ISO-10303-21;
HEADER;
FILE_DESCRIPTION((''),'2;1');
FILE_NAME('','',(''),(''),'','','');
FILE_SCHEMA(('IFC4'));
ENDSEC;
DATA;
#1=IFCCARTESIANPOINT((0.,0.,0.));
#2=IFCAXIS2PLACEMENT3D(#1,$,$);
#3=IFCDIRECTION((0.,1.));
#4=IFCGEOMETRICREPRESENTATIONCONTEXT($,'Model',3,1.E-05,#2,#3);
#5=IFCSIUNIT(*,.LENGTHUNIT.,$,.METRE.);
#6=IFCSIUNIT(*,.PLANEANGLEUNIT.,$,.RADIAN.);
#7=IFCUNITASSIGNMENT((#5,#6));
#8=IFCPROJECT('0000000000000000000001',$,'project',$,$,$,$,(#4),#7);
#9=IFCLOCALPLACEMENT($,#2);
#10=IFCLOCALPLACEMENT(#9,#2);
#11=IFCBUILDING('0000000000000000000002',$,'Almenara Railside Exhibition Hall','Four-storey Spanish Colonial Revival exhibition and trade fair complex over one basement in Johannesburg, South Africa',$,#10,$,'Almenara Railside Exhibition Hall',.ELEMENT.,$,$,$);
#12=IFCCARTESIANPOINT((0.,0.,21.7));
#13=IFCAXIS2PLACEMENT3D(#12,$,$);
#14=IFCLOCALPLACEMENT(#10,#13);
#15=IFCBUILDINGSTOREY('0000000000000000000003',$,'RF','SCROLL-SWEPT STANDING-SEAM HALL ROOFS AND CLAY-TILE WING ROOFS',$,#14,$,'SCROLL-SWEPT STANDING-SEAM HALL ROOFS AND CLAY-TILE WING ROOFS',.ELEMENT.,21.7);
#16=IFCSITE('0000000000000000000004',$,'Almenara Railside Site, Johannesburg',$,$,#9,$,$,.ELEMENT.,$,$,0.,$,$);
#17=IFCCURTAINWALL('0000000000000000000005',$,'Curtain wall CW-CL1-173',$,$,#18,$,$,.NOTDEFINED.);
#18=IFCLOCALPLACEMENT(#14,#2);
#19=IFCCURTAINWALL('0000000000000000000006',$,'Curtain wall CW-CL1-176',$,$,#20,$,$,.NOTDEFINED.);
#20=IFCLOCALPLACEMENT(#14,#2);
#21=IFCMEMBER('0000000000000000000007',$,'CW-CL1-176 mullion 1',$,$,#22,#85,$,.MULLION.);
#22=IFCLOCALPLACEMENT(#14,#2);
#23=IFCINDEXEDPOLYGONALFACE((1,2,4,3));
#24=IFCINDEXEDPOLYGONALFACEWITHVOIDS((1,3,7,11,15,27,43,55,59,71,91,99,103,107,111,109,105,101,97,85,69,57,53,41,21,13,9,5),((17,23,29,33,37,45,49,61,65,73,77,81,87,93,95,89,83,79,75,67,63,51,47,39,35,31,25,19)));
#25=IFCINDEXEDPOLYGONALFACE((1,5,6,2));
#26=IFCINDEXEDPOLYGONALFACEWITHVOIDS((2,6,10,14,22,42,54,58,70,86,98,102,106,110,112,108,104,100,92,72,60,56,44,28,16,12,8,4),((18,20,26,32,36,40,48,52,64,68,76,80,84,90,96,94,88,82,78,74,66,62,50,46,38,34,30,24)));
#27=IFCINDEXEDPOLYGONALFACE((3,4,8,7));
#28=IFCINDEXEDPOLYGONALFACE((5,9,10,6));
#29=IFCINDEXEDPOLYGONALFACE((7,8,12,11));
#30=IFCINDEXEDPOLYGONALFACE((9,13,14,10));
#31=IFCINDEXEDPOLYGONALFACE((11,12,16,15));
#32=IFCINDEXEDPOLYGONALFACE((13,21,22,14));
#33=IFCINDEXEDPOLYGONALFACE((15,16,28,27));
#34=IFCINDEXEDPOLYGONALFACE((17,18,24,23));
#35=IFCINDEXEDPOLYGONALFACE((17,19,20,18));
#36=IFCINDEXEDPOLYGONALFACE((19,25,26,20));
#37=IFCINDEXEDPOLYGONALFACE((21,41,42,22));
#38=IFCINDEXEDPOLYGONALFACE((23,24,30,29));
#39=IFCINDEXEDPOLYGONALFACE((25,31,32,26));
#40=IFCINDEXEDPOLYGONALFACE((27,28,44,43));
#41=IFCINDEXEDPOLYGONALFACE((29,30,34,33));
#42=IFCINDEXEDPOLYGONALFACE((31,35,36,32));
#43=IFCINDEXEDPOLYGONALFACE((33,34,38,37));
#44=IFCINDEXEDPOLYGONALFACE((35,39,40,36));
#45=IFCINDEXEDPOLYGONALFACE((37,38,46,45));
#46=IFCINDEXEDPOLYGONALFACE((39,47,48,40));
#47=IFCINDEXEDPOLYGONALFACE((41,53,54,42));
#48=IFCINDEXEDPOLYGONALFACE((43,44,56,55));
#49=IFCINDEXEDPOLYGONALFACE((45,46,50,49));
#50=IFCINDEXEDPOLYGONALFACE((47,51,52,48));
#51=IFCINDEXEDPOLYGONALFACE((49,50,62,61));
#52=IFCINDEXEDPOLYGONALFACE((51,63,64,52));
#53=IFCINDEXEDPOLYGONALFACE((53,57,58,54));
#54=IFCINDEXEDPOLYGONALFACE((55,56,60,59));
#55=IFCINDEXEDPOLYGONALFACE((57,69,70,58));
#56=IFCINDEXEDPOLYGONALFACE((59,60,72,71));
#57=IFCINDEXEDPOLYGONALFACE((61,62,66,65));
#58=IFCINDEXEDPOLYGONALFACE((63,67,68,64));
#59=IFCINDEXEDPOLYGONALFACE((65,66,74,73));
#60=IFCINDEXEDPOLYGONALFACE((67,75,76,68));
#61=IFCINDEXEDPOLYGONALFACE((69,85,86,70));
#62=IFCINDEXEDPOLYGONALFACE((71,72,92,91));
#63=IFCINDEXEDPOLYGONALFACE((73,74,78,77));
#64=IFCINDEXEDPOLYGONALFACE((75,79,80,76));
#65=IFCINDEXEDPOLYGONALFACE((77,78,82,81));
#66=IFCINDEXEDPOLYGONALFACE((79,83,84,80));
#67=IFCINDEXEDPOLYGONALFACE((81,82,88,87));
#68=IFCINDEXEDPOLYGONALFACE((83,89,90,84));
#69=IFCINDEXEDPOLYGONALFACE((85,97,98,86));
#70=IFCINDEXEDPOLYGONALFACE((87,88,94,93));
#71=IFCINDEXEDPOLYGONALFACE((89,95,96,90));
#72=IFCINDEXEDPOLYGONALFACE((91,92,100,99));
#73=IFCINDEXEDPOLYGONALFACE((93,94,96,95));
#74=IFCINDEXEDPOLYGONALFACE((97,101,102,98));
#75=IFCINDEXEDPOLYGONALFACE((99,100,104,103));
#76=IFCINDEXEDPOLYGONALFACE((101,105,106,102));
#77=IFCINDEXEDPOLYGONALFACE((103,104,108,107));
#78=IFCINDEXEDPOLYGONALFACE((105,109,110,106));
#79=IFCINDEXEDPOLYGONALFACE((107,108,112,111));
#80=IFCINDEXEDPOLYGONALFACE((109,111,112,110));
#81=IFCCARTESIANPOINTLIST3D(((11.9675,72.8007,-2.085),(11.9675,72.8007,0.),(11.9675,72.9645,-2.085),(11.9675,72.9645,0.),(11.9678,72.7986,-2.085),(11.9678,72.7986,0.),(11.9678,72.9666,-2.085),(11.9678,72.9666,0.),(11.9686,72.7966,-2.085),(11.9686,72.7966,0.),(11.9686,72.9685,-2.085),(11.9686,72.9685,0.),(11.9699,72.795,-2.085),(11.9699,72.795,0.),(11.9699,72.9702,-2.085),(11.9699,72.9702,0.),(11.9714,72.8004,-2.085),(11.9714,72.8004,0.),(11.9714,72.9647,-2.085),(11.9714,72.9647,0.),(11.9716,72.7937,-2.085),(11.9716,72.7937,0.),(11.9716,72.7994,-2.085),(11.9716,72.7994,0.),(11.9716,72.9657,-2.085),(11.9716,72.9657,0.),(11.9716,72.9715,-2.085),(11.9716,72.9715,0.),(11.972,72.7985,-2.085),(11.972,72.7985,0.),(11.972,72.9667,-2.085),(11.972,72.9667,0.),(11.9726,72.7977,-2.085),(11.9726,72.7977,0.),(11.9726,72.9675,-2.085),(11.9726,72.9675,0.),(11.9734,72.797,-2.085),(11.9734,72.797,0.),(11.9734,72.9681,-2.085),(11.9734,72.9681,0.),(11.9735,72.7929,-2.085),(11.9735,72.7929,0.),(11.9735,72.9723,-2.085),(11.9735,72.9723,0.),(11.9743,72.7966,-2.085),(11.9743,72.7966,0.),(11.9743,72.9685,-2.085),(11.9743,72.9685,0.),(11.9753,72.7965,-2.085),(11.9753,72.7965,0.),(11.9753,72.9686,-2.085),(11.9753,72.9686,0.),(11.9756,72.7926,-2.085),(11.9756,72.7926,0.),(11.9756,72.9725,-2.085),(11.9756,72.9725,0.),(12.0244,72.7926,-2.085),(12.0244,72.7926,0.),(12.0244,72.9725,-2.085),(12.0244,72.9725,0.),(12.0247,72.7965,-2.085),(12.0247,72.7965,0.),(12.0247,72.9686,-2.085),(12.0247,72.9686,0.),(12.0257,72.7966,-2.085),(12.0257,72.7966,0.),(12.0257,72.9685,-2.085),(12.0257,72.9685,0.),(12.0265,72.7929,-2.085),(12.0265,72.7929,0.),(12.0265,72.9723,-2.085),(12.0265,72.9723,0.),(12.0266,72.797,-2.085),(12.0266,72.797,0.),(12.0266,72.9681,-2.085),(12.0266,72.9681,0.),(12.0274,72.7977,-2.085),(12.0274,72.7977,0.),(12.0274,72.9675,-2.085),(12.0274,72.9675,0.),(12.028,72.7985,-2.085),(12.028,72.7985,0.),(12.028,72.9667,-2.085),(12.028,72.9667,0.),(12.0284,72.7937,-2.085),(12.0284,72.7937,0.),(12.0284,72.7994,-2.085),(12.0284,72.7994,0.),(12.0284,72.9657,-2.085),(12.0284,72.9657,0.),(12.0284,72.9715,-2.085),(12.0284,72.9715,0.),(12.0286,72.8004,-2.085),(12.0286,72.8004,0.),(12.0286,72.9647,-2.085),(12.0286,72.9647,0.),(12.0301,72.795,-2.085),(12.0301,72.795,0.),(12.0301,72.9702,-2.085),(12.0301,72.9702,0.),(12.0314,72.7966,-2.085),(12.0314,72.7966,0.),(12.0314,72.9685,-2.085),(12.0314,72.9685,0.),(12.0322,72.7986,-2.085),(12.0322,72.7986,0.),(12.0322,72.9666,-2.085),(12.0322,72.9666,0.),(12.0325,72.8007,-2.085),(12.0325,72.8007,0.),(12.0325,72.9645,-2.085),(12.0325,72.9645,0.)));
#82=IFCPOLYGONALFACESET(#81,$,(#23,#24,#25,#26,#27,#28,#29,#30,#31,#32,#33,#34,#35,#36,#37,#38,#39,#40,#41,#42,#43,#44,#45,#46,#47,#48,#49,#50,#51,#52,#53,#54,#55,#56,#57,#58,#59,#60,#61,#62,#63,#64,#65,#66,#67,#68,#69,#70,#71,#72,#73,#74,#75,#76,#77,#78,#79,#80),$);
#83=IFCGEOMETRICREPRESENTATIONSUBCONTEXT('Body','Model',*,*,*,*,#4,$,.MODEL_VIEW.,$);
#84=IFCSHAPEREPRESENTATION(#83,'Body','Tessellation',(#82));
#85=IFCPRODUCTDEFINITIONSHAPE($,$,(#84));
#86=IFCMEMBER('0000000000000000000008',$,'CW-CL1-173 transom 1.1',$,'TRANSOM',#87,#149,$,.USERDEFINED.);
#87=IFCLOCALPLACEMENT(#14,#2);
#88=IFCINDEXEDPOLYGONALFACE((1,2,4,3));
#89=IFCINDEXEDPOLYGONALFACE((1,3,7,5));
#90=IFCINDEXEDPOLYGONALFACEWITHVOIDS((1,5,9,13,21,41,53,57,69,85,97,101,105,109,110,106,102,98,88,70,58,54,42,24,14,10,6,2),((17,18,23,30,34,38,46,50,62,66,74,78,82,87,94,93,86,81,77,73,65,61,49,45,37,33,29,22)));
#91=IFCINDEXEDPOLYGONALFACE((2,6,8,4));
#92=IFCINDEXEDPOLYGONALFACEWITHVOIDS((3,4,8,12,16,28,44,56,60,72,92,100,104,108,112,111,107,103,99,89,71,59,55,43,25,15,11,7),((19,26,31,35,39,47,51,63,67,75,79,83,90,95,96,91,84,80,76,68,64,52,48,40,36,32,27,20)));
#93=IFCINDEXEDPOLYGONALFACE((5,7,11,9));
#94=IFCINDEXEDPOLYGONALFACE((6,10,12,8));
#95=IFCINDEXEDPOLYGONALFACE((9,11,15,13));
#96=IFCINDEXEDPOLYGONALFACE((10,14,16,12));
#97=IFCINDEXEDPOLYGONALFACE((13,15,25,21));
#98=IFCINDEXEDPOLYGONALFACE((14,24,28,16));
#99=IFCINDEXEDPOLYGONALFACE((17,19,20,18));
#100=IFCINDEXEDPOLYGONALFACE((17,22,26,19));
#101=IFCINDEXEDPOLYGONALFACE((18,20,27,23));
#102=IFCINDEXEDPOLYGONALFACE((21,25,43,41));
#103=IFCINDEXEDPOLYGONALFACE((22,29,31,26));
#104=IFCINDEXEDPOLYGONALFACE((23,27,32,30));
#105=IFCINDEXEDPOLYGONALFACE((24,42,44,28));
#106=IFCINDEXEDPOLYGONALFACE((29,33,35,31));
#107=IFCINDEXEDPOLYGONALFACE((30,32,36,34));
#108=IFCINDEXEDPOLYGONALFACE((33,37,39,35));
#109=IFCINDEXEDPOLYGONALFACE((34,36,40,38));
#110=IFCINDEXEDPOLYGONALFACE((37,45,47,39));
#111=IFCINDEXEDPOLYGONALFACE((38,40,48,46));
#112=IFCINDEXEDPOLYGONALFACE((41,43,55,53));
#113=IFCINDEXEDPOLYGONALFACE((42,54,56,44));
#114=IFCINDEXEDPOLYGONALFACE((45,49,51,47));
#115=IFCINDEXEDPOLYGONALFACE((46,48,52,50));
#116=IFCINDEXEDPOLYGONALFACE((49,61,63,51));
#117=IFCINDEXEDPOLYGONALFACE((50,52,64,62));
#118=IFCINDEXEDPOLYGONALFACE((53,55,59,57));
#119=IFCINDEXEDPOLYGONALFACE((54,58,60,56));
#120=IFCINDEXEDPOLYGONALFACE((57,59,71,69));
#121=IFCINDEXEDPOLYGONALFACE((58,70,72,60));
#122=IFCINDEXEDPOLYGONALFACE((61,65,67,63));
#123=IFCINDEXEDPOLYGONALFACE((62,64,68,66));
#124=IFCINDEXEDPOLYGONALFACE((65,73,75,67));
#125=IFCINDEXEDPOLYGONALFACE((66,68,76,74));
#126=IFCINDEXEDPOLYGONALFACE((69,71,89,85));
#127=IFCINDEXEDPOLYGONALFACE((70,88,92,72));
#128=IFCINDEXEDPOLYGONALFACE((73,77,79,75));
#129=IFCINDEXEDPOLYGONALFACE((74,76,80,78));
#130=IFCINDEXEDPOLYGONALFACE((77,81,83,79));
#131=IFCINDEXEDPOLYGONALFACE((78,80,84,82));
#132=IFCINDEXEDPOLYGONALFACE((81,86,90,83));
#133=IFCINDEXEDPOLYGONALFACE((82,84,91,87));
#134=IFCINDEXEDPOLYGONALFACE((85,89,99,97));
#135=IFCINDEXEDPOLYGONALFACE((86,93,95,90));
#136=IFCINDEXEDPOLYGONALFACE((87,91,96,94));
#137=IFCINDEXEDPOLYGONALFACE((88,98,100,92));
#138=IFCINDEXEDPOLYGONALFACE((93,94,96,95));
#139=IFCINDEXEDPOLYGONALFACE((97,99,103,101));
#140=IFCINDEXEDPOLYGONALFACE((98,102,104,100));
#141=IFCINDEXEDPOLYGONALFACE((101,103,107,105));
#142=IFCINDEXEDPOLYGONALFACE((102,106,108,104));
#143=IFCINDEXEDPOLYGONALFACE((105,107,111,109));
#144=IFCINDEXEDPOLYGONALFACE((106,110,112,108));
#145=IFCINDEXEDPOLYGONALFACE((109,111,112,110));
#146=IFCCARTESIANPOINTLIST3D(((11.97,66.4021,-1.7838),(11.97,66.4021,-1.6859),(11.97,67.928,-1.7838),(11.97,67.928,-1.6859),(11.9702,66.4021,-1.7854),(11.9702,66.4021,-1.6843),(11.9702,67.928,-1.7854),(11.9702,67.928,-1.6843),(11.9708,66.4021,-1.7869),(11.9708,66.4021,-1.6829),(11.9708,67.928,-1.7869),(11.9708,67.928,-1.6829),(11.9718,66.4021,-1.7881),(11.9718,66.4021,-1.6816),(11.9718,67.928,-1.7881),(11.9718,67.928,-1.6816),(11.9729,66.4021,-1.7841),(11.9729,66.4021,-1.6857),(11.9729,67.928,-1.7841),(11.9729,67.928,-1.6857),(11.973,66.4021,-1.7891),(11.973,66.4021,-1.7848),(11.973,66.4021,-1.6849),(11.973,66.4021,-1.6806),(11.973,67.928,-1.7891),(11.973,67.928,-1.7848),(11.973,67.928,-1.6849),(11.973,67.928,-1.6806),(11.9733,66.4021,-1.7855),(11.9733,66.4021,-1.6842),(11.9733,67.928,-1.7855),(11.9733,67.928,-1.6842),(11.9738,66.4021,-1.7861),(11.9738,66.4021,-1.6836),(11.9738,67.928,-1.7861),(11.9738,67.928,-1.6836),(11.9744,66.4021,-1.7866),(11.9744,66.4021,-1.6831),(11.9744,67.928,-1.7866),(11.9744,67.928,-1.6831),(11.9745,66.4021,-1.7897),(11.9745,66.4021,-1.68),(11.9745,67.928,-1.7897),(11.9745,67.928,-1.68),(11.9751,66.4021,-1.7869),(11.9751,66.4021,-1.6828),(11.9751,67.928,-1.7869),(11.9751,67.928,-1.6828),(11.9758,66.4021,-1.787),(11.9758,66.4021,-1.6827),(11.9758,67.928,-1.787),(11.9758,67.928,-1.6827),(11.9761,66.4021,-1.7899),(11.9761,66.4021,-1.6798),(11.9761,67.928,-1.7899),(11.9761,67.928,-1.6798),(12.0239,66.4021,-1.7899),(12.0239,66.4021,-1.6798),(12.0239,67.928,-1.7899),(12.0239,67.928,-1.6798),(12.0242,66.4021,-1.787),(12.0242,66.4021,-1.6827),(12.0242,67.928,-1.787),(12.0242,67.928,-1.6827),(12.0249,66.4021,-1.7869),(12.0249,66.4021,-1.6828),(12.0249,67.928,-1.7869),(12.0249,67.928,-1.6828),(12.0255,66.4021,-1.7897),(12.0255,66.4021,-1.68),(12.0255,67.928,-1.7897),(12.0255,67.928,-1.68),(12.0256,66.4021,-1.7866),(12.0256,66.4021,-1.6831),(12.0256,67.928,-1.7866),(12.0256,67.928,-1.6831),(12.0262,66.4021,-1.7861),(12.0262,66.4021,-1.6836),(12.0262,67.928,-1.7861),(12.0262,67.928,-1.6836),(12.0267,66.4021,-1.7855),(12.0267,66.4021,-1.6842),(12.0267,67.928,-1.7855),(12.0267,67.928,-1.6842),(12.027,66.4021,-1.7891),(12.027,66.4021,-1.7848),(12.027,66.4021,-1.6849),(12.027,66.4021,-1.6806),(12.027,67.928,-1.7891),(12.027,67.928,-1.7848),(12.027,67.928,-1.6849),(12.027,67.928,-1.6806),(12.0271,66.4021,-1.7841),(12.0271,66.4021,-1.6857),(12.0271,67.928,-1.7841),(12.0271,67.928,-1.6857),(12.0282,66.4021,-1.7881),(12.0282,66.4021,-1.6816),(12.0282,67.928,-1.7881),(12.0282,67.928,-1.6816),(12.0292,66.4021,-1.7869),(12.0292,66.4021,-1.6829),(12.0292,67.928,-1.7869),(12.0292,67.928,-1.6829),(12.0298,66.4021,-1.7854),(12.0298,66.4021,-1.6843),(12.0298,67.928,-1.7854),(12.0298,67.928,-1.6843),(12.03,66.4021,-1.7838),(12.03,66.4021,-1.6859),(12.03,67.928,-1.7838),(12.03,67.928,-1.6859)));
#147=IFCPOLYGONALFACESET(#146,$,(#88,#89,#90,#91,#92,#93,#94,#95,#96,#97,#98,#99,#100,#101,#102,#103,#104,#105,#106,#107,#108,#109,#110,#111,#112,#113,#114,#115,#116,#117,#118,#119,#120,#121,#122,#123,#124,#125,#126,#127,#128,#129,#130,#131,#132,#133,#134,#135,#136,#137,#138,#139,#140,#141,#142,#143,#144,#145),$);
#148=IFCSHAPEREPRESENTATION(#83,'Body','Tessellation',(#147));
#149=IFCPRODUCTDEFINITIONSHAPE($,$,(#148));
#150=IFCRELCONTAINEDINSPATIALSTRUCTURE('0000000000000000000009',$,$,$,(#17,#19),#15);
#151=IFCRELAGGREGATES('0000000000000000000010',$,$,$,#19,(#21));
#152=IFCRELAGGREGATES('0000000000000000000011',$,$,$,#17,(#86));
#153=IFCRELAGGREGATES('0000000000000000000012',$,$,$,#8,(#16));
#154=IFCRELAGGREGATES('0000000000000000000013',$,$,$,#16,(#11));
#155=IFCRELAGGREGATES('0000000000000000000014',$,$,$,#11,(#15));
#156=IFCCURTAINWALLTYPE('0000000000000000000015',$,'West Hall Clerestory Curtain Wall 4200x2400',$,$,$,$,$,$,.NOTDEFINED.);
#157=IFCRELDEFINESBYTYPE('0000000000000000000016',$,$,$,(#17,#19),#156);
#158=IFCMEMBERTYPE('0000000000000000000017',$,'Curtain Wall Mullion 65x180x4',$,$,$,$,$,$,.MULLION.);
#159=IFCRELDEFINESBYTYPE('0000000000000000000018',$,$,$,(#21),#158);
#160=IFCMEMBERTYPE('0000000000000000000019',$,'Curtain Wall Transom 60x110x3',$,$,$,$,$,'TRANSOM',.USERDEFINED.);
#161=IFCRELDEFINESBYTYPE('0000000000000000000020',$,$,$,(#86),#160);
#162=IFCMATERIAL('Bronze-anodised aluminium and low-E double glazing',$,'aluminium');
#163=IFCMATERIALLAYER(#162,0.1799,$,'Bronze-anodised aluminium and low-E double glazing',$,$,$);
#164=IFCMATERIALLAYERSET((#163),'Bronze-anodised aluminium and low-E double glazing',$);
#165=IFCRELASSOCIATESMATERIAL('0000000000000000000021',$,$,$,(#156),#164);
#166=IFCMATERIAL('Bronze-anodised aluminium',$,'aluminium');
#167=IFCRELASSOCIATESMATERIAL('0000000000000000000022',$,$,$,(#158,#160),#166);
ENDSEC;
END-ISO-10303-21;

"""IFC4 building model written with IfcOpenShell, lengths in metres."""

from ifc_helpers import new_model, si_unit, direction, frame, origin, origin_2d, place, context, subcontext, project, spatial, hollow_rectangle, extrude, material, layer, layer_set, material_profile, profile_set, type_object, element, aggregate, save


model = new_model("IFC4")

# Units and contexts
model_context = context("Model", 3, precision=1e-05, world=origin(), true_north=direction((0.0, 1.0)))
body_context = subcontext(model_context, "Body", "Model", "MODEL_VIEW")
ifc_project = project(units=[si_unit("LENGTHUNIT", "METRE"), si_unit("PLANEANGLEUNIT", "RADIAN")], contexts=[model_context])

# Site, building, storey
site_placement = place(None, origin())
site = spatial("IfcSite", under=ifc_project, at=site_placement, Name="Almenara Railside Site, Johannesburg", CompositionType="ELEMENT", RefElevation=0.0)
building_placement = place(site_placement, origin())
building = spatial("IfcBuilding", under=site, at=building_placement, Name="Almenara Railside Exhibition Hall", Description="Four-storey Spanish Colonial Revival exhibition and trade fair complex over one basement in Johannesburg, South Africa", LongName="Almenara Railside Exhibition Hall", CompositionType="ELEMENT")
storey_placement = place(building_placement, frame((0.0, 0.0, 21.7)))
storey = spatial("IfcBuildingStorey", under=building, at=storey_placement, Name="RF", Description="SCROLL-SWEPT STANDING-SEAM HALL ROOFS AND CLAY-TILE WING ROOFS", LongName="SCROLL-SWEPT STANDING-SEAM HALL ROOFS AND CLAY-TILE WING ROOFS", CompositionType="ELEMENT", Elevation=21.7)

# Curtain wall
ifc_material_1 = material(Name="Bronze-anodised aluminium and low-E double glazing", Category="aluminium")
ifc_layer_1 = layer(ifc_material_1, 0.1799, Name="Bronze-anodised aluminium and low-E double glazing")
ifc_layer_set_1 = layer_set([ifc_layer_1], Name="Bronze-anodised aluminium and low-E double glazing")
curtain_wall_type = type_object("IfcCurtainWallType", Name="West Hall Clerestory Curtain Wall 4200x2400", PredefinedType="NOTDEFINED", material=ifc_layer_set_1)
curtain_wall_1_placement = place(storey_placement, origin())
curtain_wall_1 = element("IfcCurtainWall", 1, at=curtain_wall_1_placement, inside=storey, type_object=curtain_wall_type, Name="Curtain wall CW-CL1-173", PredefinedType="NOTDEFINED")
ifc_material_2 = material(Name="Bronze-anodised aluminium", Category="aluminium")

# Curtain wall, member
curtain_wall_2_placement = place(storey_placement, origin())
curtain_wall_2 = element("IfcCurtainWall", 2, at=curtain_wall_2_placement, inside=storey, type_object=curtain_wall_type, Name="Curtain wall CW-CL1-176", PredefinedType="NOTDEFINED")
ifc_material_profile_1 = material_profile(ifc_material_2, hollow_rectangle(XDim=0.0649, YDim=0.1799, WallThickness=0.0039, InnerFilletRadius=0.0039, OuterFilletRadius=0.0081, at=origin_2d()), Name="ALU-MUL 65x180x4")
ifc_profile_set_1 = profile_set([ifc_material_profile_1], Name="Bronze-anodised aluminium")
member_type_1 = type_object("IfcMemberType", Name="Curtain Wall Mullion 65x180x4", PredefinedType="MULLION", material=ifc_profile_set_1)
member_1_placement = place(storey_placement, frame((12.0, 72.8826, -2.085), z_axis=(0.0, 0.0, 1.0), x_axis=(-1.0, 0.0, 0.0)))
member_1 = element("IfcMember", 3, at=member_1_placement, type_object=member_type_1, Name="CW-CL1-176 mullion 1", PredefinedType="MULLION", context=body_context, shape_type="SweptSolid", body=[
    extrude(hollow_rectangle(XDim=0.0649, YDim=0.1799, WallThickness=0.0039, InnerFilletRadius=0.0039, OuterFilletRadius=0.0081, at=origin_2d()), origin(), (0.0, 0.0, 1.0), 2.085),
])

# Member
ifc_material_profile_2 = material_profile(ifc_material_2, hollow_rectangle(XDim=0.0601, YDim=0.1101, WallThickness=0.0029, InnerFilletRadius=0.0029, OuterFilletRadius=0.0061, at=origin_2d()), Name="ALU-TRN 60x110x3")
ifc_profile_set_2 = profile_set([ifc_material_profile_2], Name="Bronze-anodised aluminium")
member_type_2 = type_object("IfcMemberType", Name="Curtain Wall Transom 60x110x3", ElementType="TRANSOM", PredefinedType="USERDEFINED", material=ifc_profile_set_2)
member_2_placement = place(storey_placement, frame((12.0, 66.4021, -1.7349), z_axis=(0.0, 1.0, 0.0), x_axis=(-1.0, 0.0, 0.0)))
member_2 = element("IfcMember", 4, at=member_2_placement, type_object=member_type_2, Name="CW-CL1-173 transom 1.1", ObjectType="TRANSOM", PredefinedType="USERDEFINED", context=body_context, shape_type="SweptSolid", body=[
    extrude(hollow_rectangle(XDim=0.0601, YDim=0.1101, WallThickness=0.0029, InnerFilletRadius=0.0029, OuterFilletRadius=0.0061, at=origin_2d()), origin(), (0.0, 0.0, 1.0), 1.5259),
])
aggregate(curtain_wall_2, [member_1])

aggregate(curtain_wall_1, [member_2])

save(model, "model.ifc")
